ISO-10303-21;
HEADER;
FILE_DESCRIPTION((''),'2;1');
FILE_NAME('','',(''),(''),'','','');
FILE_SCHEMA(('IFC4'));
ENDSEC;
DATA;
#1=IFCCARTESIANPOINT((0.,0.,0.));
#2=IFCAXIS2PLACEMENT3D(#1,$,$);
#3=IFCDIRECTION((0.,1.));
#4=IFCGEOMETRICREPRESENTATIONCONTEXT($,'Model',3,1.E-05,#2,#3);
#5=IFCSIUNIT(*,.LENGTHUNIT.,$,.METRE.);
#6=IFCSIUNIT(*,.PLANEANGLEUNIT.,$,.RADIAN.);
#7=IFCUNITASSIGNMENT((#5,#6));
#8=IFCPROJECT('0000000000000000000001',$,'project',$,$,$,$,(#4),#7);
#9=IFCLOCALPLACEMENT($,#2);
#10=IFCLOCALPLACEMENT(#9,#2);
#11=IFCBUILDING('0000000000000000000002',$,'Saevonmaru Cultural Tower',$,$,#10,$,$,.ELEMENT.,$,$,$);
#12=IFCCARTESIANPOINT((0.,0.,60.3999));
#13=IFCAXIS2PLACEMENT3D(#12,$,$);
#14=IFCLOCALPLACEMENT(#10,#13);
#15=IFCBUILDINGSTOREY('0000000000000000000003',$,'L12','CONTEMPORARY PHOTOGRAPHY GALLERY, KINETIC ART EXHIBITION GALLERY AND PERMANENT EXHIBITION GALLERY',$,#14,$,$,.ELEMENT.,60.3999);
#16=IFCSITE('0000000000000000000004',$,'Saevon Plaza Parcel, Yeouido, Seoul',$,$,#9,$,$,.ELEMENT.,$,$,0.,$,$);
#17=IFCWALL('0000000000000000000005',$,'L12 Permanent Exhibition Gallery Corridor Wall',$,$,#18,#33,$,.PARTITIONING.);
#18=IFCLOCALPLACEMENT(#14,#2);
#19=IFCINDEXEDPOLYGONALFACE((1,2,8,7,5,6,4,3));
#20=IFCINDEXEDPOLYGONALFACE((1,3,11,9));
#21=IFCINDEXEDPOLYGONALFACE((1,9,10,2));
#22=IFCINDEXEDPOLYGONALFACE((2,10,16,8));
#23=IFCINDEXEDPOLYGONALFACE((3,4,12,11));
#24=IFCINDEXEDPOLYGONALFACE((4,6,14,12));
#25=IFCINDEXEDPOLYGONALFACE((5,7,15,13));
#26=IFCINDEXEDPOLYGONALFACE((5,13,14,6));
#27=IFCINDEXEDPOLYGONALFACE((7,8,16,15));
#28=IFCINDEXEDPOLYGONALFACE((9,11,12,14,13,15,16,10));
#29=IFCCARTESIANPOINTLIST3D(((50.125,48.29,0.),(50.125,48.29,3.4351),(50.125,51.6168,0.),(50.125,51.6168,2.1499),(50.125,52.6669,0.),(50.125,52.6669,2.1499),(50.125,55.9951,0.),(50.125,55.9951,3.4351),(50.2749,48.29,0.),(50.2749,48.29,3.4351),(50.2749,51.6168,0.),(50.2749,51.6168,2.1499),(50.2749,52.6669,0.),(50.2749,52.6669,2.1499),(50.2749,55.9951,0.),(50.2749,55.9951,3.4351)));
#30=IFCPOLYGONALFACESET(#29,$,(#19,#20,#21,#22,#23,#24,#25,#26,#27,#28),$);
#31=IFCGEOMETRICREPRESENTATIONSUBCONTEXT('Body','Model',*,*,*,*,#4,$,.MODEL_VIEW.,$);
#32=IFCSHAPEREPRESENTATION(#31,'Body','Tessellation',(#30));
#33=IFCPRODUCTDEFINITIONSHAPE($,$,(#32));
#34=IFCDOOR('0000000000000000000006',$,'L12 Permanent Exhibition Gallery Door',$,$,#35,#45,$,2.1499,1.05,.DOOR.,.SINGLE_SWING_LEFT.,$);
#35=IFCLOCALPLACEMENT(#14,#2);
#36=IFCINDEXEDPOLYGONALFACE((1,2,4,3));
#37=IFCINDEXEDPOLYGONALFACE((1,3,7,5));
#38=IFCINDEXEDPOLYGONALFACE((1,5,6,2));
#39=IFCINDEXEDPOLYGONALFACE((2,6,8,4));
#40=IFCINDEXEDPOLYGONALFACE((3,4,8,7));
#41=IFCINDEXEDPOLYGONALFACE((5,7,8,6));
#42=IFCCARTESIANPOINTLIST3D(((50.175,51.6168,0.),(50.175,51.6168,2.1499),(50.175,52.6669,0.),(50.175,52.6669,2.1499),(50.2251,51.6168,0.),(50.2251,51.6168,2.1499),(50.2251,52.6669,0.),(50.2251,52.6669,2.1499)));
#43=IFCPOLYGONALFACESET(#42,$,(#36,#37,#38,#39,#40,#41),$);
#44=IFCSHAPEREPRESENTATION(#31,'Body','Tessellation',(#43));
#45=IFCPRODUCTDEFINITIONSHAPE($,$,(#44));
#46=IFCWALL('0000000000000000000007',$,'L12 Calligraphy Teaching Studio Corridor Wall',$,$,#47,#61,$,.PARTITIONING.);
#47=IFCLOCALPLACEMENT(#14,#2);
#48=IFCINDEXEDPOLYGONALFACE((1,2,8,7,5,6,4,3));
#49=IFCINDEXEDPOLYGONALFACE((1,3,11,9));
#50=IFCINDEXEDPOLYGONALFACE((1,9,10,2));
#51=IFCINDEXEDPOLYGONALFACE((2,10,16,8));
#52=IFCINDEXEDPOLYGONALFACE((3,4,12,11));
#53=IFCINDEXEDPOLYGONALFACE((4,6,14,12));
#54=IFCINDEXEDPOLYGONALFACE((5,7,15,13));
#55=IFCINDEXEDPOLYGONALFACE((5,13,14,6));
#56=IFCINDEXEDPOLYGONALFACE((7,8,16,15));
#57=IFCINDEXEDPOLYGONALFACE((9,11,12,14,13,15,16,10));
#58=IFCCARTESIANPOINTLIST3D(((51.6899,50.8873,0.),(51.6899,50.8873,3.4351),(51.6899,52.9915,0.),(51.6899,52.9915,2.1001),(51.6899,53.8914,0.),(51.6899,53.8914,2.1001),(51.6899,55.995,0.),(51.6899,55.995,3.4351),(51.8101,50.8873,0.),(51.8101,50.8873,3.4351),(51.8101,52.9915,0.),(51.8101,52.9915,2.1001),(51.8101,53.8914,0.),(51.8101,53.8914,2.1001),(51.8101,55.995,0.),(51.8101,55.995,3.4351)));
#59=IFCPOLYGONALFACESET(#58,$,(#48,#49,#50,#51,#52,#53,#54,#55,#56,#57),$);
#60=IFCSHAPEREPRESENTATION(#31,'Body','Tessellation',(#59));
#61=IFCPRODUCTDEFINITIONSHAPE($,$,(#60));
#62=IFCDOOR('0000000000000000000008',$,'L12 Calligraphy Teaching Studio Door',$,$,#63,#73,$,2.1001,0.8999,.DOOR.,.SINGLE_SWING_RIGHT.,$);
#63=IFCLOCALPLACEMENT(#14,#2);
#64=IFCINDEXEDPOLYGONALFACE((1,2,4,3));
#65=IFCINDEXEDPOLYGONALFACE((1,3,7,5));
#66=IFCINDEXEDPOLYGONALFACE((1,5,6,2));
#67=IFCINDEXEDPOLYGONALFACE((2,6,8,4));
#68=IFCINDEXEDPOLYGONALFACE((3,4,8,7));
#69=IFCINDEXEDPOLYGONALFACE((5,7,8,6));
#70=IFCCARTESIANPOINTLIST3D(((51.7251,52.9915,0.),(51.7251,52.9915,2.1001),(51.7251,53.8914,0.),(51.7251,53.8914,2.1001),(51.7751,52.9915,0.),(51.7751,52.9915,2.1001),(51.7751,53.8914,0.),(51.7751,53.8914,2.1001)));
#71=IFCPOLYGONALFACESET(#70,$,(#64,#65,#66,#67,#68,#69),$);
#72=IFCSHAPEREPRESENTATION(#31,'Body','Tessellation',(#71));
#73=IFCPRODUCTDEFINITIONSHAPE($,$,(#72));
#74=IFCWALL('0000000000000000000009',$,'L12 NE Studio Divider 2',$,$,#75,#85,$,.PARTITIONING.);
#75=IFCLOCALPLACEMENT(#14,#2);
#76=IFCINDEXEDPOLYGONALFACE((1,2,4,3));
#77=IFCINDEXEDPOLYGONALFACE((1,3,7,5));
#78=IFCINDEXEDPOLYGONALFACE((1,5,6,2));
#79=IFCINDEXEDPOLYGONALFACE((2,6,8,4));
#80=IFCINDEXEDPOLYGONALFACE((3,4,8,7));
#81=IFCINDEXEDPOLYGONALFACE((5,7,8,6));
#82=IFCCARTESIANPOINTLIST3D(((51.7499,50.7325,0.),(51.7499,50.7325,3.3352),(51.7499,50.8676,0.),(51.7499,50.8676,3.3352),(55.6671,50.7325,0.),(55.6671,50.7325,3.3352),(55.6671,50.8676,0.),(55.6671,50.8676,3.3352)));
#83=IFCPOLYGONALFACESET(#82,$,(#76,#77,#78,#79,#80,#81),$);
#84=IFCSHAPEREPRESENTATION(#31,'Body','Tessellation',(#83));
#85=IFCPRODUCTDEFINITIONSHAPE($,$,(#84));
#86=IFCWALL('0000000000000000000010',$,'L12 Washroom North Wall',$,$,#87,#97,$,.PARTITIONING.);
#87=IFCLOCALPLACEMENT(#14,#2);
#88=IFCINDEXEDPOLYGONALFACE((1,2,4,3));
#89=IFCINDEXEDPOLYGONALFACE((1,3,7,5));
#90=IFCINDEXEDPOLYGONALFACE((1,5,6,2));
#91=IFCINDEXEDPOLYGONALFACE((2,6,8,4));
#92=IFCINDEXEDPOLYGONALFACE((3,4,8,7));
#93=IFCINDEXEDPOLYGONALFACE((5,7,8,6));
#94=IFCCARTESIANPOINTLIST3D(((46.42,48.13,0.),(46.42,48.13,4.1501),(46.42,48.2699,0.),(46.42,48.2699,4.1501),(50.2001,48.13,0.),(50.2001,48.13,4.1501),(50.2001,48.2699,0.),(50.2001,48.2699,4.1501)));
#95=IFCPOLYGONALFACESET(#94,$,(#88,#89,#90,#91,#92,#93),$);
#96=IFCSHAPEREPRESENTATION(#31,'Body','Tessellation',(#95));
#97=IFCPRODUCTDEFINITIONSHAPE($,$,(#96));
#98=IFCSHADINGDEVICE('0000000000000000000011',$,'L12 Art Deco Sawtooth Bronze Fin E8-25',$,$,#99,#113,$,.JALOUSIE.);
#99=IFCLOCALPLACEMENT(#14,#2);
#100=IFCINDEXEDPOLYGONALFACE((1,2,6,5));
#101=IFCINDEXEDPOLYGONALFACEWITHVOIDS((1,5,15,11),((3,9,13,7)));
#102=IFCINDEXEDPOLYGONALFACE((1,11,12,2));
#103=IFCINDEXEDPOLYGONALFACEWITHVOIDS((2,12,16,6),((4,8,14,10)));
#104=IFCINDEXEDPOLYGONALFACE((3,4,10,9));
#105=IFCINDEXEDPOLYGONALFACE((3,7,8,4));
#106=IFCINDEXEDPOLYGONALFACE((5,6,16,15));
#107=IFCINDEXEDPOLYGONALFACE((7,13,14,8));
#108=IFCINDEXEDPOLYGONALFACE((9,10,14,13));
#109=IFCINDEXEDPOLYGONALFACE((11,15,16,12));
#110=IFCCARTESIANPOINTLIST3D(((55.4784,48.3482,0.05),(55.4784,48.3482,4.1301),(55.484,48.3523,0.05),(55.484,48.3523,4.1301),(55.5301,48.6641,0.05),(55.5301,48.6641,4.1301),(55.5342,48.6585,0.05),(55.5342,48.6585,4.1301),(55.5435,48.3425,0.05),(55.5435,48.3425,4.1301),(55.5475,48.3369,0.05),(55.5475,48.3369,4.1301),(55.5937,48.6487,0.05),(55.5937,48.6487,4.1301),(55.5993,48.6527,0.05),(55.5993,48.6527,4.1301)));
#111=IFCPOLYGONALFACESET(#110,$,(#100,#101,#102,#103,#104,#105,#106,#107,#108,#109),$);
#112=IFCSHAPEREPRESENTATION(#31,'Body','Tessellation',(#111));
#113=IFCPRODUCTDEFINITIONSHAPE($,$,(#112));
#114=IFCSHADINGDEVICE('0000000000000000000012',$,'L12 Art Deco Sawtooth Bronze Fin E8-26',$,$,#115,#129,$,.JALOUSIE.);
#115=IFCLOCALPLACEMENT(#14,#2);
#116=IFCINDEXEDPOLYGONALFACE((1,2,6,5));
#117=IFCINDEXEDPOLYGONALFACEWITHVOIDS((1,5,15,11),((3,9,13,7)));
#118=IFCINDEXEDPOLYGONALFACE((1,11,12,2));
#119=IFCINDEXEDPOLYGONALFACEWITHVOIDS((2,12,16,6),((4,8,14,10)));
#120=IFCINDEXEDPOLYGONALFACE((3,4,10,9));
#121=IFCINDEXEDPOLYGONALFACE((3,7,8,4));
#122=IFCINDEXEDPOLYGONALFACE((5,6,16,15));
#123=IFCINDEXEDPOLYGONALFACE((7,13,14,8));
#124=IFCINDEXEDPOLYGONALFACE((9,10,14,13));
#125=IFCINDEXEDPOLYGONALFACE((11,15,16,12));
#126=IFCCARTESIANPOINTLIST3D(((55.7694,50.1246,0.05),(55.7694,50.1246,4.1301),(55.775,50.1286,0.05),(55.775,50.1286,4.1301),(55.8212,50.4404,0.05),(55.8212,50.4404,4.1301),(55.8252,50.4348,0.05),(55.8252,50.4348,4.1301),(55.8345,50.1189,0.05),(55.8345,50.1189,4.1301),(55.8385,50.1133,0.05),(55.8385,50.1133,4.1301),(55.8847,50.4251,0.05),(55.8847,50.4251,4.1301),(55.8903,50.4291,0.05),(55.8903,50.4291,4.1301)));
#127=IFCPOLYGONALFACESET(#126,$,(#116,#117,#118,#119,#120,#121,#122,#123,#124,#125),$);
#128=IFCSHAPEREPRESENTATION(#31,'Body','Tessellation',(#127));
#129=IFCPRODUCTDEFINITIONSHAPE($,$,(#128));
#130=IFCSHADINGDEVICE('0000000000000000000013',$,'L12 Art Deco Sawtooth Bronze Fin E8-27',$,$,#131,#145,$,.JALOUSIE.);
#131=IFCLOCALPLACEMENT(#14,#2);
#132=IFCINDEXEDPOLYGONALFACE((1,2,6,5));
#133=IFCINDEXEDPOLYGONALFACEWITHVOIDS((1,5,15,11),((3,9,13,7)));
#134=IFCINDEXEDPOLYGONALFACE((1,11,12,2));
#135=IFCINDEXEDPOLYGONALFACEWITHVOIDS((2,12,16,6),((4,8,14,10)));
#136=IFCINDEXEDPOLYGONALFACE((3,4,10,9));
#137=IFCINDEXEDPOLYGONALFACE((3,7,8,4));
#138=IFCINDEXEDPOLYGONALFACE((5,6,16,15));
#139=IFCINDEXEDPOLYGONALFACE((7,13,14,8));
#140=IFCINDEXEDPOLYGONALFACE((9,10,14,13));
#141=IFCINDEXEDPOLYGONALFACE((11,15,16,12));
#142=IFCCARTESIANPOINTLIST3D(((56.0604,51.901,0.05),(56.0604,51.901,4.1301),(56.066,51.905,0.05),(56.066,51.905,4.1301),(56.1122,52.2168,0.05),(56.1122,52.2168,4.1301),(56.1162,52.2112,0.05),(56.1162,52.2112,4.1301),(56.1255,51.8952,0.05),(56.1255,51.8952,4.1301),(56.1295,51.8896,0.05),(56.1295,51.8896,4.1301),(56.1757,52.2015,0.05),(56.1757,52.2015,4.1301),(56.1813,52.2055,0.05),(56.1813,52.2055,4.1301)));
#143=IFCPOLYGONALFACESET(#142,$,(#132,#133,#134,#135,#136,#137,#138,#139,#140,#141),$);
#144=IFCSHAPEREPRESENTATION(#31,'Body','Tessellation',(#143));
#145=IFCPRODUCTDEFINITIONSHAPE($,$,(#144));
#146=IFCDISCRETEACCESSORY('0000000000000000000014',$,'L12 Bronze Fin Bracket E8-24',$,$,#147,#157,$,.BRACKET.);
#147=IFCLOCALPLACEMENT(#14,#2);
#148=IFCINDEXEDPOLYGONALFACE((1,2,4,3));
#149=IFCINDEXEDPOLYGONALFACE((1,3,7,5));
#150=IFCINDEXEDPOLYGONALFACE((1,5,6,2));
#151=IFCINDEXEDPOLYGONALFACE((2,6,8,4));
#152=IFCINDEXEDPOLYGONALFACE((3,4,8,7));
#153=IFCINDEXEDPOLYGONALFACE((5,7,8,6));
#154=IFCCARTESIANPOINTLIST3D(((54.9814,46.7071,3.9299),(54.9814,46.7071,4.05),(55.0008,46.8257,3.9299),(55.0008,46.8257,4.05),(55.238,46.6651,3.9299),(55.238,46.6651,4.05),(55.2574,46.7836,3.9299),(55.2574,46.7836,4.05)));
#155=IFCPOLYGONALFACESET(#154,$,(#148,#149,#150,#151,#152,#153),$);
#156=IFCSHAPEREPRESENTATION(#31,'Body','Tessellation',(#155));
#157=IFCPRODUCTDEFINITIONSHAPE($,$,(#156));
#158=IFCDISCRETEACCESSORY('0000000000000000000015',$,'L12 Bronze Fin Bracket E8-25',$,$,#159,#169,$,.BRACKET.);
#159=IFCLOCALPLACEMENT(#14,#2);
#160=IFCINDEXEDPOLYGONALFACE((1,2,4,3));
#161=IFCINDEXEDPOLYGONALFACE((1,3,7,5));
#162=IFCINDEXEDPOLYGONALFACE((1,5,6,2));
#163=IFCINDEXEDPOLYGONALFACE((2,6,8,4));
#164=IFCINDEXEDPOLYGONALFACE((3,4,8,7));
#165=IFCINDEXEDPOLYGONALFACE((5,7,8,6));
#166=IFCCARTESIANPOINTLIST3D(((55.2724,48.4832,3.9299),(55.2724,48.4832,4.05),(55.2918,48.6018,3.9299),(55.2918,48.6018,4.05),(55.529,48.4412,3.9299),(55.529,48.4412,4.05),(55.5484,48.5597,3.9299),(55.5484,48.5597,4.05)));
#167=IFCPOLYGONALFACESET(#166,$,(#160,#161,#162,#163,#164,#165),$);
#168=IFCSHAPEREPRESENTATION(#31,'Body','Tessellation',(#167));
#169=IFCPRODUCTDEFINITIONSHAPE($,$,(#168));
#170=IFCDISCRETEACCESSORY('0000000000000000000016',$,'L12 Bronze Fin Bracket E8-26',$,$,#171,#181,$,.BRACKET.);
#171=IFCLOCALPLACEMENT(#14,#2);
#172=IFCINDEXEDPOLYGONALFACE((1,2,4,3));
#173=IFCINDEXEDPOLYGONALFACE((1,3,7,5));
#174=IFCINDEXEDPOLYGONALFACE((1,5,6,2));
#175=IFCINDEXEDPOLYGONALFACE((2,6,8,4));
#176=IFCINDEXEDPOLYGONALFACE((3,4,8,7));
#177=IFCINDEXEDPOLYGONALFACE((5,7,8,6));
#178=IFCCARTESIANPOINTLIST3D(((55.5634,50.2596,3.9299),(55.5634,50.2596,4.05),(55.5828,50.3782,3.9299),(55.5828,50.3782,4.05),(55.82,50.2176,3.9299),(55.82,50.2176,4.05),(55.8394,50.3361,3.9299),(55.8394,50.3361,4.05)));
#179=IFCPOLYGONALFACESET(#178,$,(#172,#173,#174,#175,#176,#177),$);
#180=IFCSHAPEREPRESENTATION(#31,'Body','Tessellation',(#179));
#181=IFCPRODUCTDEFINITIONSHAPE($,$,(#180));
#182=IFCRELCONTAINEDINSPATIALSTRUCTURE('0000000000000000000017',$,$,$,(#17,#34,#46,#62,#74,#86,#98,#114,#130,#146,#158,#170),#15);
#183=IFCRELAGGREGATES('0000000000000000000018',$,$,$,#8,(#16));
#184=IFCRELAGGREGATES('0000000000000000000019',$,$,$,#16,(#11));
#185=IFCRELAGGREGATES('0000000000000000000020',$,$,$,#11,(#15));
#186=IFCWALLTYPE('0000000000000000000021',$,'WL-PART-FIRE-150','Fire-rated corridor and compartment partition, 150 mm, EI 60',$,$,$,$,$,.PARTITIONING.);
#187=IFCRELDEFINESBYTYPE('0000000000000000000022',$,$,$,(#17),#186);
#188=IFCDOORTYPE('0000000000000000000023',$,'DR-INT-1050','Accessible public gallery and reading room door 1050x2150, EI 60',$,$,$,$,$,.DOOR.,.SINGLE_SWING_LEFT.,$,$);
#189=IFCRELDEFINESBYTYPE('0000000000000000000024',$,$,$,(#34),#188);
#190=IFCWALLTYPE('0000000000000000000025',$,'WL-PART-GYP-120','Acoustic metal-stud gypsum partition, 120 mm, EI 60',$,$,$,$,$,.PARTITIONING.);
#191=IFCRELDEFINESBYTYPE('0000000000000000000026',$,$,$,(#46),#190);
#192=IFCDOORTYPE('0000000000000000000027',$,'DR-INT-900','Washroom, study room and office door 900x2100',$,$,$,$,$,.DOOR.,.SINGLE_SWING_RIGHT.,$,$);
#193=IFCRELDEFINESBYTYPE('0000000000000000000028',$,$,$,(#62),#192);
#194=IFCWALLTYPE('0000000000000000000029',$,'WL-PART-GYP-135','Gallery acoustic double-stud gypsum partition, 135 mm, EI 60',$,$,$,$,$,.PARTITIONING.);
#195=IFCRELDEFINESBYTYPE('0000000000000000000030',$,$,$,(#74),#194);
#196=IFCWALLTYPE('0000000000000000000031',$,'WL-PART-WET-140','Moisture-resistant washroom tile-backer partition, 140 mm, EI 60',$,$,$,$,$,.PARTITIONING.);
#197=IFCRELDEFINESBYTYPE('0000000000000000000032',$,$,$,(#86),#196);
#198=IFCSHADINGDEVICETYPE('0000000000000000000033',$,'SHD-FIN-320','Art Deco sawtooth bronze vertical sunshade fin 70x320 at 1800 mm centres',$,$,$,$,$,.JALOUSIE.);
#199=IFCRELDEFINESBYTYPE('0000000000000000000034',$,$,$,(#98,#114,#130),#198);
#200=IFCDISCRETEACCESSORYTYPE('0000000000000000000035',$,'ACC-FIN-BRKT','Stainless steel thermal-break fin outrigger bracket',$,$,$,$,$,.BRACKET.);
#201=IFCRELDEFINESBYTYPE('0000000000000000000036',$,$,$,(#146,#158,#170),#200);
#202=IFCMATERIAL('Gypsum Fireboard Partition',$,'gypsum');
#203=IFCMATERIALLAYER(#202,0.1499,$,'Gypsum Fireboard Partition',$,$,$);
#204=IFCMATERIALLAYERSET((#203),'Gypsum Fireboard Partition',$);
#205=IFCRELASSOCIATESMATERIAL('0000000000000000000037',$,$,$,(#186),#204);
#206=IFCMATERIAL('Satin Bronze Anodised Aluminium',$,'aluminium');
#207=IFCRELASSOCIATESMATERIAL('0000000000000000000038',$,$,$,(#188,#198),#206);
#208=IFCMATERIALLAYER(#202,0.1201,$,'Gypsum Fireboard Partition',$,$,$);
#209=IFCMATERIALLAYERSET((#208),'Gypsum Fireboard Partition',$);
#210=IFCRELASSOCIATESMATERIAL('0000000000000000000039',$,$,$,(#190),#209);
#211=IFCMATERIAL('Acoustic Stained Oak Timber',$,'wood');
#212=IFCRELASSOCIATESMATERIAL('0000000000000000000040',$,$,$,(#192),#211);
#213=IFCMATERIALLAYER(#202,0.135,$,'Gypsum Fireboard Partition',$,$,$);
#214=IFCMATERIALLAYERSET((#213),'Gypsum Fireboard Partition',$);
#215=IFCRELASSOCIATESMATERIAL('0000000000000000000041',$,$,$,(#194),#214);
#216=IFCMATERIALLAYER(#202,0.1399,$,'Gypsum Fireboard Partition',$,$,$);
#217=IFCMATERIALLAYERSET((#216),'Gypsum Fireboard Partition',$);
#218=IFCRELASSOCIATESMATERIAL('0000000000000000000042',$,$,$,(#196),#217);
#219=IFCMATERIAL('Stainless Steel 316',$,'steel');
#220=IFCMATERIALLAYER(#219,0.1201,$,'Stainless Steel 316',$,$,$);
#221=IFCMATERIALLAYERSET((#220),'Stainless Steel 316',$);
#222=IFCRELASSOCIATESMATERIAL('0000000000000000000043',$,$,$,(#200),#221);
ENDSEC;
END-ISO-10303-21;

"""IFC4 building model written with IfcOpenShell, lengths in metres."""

from ifc_helpers import new_model, si_unit, direction, frame, frame_2d, origin, origin_2d, place, context, subcontext, project, spatial, rectangle, hollow_rectangle, extrude, material, layer, layer_set, material_profile, profile_set, type_object, element, fill, save


model = new_model("IFC4")

# Units and contexts
model_context = context("Model", 3, precision=1e-05, world=origin(), true_north=direction((0.0, 1.0)))
body_context = subcontext(model_context, "Body", "Model", "MODEL_VIEW")
ifc_project = project(units=[si_unit("LENGTHUNIT", "METRE"), si_unit("PLANEANGLEUNIT", "RADIAN")], contexts=[model_context])

# Site, building, storey
site_placement = place(None, origin())
site = spatial("IfcSite", under=ifc_project, at=site_placement, Name="Saevon Plaza Parcel, Yeouido, Seoul", CompositionType="ELEMENT", RefElevation=0.0)
building_placement = place(site_placement, origin())
building = spatial("IfcBuilding", under=site, at=building_placement, Name="Saevonmaru Cultural Tower", CompositionType="ELEMENT")
storey_placement = place(building_placement, frame((0.0, 0.0, 60.3999)))
storey = spatial("IfcBuildingStorey", under=building, at=storey_placement, Name="L12", Description="CONTEMPORARY PHOTOGRAPHY GALLERY, KINETIC ART EXHIBITION GALLERY AND PERMANENT EXHIBITION GALLERY", CompositionType="ELEMENT", Elevation=60.3999)

# Shared definitions
ifc_material_1 = material(Name="Satin Bronze Anodised Aluminium", Category="aluminium")

# Walls, openings, doors
ifc_material_2 = material(Name="Gypsum Fireboard Partition", Category="gypsum")
ifc_layer_1 = layer(ifc_material_2, 0.1499, Name="Gypsum Fireboard Partition")
ifc_layer_set_1 = layer_set([ifc_layer_1], Name="Gypsum Fireboard Partition")
wall_type_1 = type_object("IfcWallType", Name="WL-PART-FIRE-150", Description="Fire-rated corridor and compartment partition, 150 mm, EI 60", PredefinedType="PARTITIONING", material=ifc_layer_set_1)
wall_1_placement = place(storey_placement, frame((50.2, 48.29, 0.0), z_axis=(0.0, 0.0, 1.0), x_axis=(0.0, 1.0, 0.0)))
wall_1 = element("IfcWall", 1, at=wall_1_placement, inside=storey, type_object=wall_type_1, Name="L12 Permanent Exhibition Gallery Corridor Wall", PredefinedType="PARTITIONING", context=body_context, shape_type="SweptSolid", body=[
    extrude(rectangle(XDim=7.7051, YDim=0.1499, at=frame_2d((3.8525, 0.0))), origin(), (0.0, 0.0, 1.0), 3.4351),
])
opening_1_placement = place(wall_1_placement, frame((3.3269, 0.0, 0.0)))
opening_1 = element("IfcOpeningElement", 2, at=opening_1_placement, cuts=wall_1, PredefinedType="OPENING", context=body_context, shape_type="SweptSolid", body=[
    extrude(rectangle(XDim=1.05, YDim=2.1499, at=frame_2d((0.5249, 1.075))), frame((0.0, 0.085, 0.0), z_axis=(0.0, -1.0, 0.0), x_axis=(1.0, 0.0, 0.0)), (0.0, 0.0, 1.0), 0.1699),
])
door_type_1 = type_object("IfcDoorType", Name="DR-INT-1050", Description="Accessible public gallery and reading room door 1050x2150, EI 60", OperationType="SINGLE_SWING_LEFT", PredefinedType="DOOR", material=ifc_material_1)
door_1_placement = place(opening_1_placement, origin())
door_1 = element("IfcDoor", 3, at=door_1_placement, inside=storey, type_object=door_type_1, Name="L12 Permanent Exhibition Gallery Door", OperationType="SINGLE_SWING_LEFT", OverallHeight=2.1499, OverallWidth=1.05, PredefinedType="DOOR", context=body_context, shape_type="SweptSolid", body=[
    extrude(rectangle(XDim=1.05, YDim=2.1499, at=frame_2d((0.5249, 1.075))), frame((0.0, 0.0249, 0.0), z_axis=(0.0, -1.0, 0.0), x_axis=(1.0, 0.0, 0.0)), (0.0, 0.0, 1.0), 0.05),
])
fill(opening_1, door_1)
ifc_layer_2 = layer(ifc_material_2, 0.1201, Name="Gypsum Fireboard Partition")
ifc_layer_set_2 = layer_set([ifc_layer_2], Name="Gypsum Fireboard Partition")
wall_type_2 = type_object("IfcWallType", Name="WL-PART-GYP-120", Description="Acoustic metal-stud gypsum partition, 120 mm, EI 60", PredefinedType="PARTITIONING", material=ifc_layer_set_2)
wall_2_placement = place(storey_placement, frame((51.75, 50.8875, 0.0), z_axis=(0.0, 0.0, 1.0), x_axis=(0.0, 1.0, 0.0)))
wall_2 = element("IfcWall", 4, at=wall_2_placement, inside=storey, type_object=wall_type_2, Name="L12 Calligraphy Teaching Studio Corridor Wall", PredefinedType="PARTITIONING", context=body_context, shape_type="SweptSolid", body=[
    extrude(rectangle(XDim=5.1077, YDim=0.1201, at=frame_2d((2.5537, 0.0))), origin(), (0.0, 0.0, 1.0), 3.4351),
])
opening_2_placement = place(wall_2_placement, frame((2.104, 0.0, 0.0)))
opening_2 = element("IfcOpeningElement", 5, at=opening_2_placement, cuts=wall_2, PredefinedType="OPENING", context=body_context, shape_type="SweptSolid", body=[
    extrude(rectangle(XDim=0.8999, YDim=2.1001, at=frame_2d((0.45, 1.05))), frame((0.0, 0.0701, 0.0), z_axis=(0.0, -1.0, 0.0), x_axis=(1.0, 0.0, 0.0)), (0.0, 0.0, 1.0), 0.1401),
])
ifc_material_3 = material(Name="Acoustic Stained Oak Timber", Category="wood")
door_type_2 = type_object("IfcDoorType", Name="DR-INT-900", Description="Washroom, study room and office door 900x2100", OperationType="SINGLE_SWING_RIGHT", PredefinedType="DOOR", material=ifc_material_3)
door_2_placement = place(opening_2_placement, origin())
door_2 = element("IfcDoor", 6, at=door_2_placement, inside=storey, type_object=door_type_2, Name="L12 Calligraphy Teaching Studio Door", OperationType="SINGLE_SWING_RIGHT", OverallHeight=2.1001, OverallWidth=0.8999, PredefinedType="DOOR", context=body_context, shape_type="SweptSolid", body=[
    extrude(rectangle(XDim=0.8999, YDim=2.1001, at=frame_2d((0.45, 1.05))), frame((0.0, 0.0249, 0.0), z_axis=(0.0, -1.0, 0.0), x_axis=(1.0, 0.0, 0.0)), (0.0, 0.0, 1.0), 0.05),
])
fill(opening_2, door_2)

# Walls
ifc_layer_3 = layer(ifc_material_2, 0.135, Name="Gypsum Fireboard Partition")
ifc_layer_set_3 = layer_set([ifc_layer_3], Name="Gypsum Fireboard Partition")
wall_type_3 = type_object("IfcWallType", Name="WL-PART-GYP-135", Description="Gallery acoustic double-stud gypsum partition, 135 mm, EI 60", PredefinedType="PARTITIONING", material=ifc_layer_set_3)
wall_3_placement = place(storey_placement, frame((51.75, 50.8, 0.0), z_axis=(0.0, 0.0, 1.0), x_axis=(1.0, 0.0, 0.0)))
element("IfcWall", 7, at=wall_3_placement, inside=storey, type_object=wall_type_3, Name="L12 NE Studio Divider 2", PredefinedType="PARTITIONING", context=body_context, shape_type="SweptSolid", body=[
    extrude(rectangle(XDim=3.9172, YDim=0.135, at=frame_2d((1.9585, 0.0))), origin(), (0.0, 0.0, 1.0), 3.3352),
])
ifc_layer_4 = layer(ifc_material_2, 0.1399, Name="Gypsum Fireboard Partition")
ifc_layer_set_4 = layer_set([ifc_layer_4], Name="Gypsum Fireboard Partition")
wall_type_4 = type_object("IfcWallType", Name="WL-PART-WET-140", Description="Moisture-resistant washroom tile-backer partition, 140 mm, EI 60", PredefinedType="PARTITIONING", material=ifc_layer_set_4)
wall_4_placement = place(storey_placement, frame((46.4199, 48.2, 0.0), z_axis=(0.0, 0.0, 1.0), x_axis=(1.0, 0.0, 0.0)))
element("IfcWall", 8, at=wall_4_placement, inside=storey, type_object=wall_type_4, Name="L12 Washroom North Wall", PredefinedType="PARTITIONING", context=body_context, shape_type="SweptSolid", body=[
    extrude(rectangle(XDim=3.78, YDim=0.1399, at=frame_2d((1.8901, 0.0))), origin(), (0.0, 0.0, 1.0), 4.1501),
])

# Shading devices
ifc_material_profile_1 = material_profile(ifc_material_1, hollow_rectangle(XDim=0.0701, YDim=0.3201, WallThickness=0.0049, at=origin_2d()), Name="FIN-320x70")
ifc_profile_set_1 = profile_set([ifc_material_profile_1], Name="Satin Bronze Anodised Aluminium")
shading_device_type = type_object("IfcShadingDeviceType", Name="SHD-FIN-320", Description="Art Deco sawtooth bronze vertical sunshade fin 70x320 at 1800 mm centres", PredefinedType="JALOUSIE", material=ifc_profile_set_1)
for number, where, z_axis, x_axis, name in (
    (9, (55.5388, 48.5005, 0.05), (0.0, 0.0, 1.0), (0.986827, -0.161776, 0.0), "L12 Art Deco Sawtooth Bronze Fin E8-25"),
    (10, (55.8298, 50.2769, 0.05), (0.0, 0.0, 1.0), (0.986827, -0.161776, 0.0), "L12 Art Deco Sawtooth Bronze Fin E8-26"),
    (11, (56.1208, 52.0532, 0.05), (0.0, 0.0, 1.0), (0.986827, -0.161776, 0.0), "L12 Art Deco Sawtooth Bronze Fin E8-27"),
):
    element("IfcShadingDevice", number, at=place(storey_placement, frame(where, z_axis=z_axis, x_axis=x_axis)), inside=storey, type_object=shading_device_type, Name=name, PredefinedType="JALOUSIE", context=body_context, shape_type="SweptSolid", body=[
        extrude(hollow_rectangle(XDim=0.0701, YDim=0.3201, WallThickness=0.0049, at=origin_2d()), origin(), (0.0, 0.0, 1.0), 4.0801),
    ])

# Discrete accessories
ifc_material_4 = material(Name="Stainless Steel 316", Category="steel")
ifc_layer_5 = layer(ifc_material_4, 0.1201, Name="Stainless Steel 316")
ifc_layer_set_5 = layer_set([ifc_layer_5], Name="Stainless Steel 316")
discrete_accessory_type = type_object("IfcDiscreteAccessoryType", Name="ACC-FIN-BRKT", Description="Stainless steel thermal-break fin outrigger bracket", PredefinedType="BRACKET", material=ifc_layer_set_5)
for number, where, z_axis, x_axis, name in (
    (12, (55.1194, 46.7454, 3.9299), (0.0, 0.0, 1.0), (0.986827, -0.161776, 0.0), "L12 Bronze Fin Bracket E8-24"),
    (13, (55.4104, 48.5215, 3.9299), (0.0, 0.0, 1.0), (0.986827, -0.161776, 0.0), "L12 Bronze Fin Bracket E8-25"),
    (14, (55.7014, 50.2979, 3.9299), (0.0, 0.0, 1.0), (0.986827, -0.161776, 0.0), "L12 Bronze Fin Bracket E8-26"),
):
    element("IfcDiscreteAccessory", number, at=place(storey_placement, frame(where, z_axis=z_axis, x_axis=x_axis)), inside=storey, type_object=discrete_accessory_type, Name=name, PredefinedType="BRACKET", context=body_context, shape_type="SweptSolid", body=[
        extrude(rectangle(XDim=0.26, YDim=0.1201, at=origin_2d()), origin(), (0.0, 0.0, 1.0), 0.1201),
    ])

save(model, "model.ifc")
